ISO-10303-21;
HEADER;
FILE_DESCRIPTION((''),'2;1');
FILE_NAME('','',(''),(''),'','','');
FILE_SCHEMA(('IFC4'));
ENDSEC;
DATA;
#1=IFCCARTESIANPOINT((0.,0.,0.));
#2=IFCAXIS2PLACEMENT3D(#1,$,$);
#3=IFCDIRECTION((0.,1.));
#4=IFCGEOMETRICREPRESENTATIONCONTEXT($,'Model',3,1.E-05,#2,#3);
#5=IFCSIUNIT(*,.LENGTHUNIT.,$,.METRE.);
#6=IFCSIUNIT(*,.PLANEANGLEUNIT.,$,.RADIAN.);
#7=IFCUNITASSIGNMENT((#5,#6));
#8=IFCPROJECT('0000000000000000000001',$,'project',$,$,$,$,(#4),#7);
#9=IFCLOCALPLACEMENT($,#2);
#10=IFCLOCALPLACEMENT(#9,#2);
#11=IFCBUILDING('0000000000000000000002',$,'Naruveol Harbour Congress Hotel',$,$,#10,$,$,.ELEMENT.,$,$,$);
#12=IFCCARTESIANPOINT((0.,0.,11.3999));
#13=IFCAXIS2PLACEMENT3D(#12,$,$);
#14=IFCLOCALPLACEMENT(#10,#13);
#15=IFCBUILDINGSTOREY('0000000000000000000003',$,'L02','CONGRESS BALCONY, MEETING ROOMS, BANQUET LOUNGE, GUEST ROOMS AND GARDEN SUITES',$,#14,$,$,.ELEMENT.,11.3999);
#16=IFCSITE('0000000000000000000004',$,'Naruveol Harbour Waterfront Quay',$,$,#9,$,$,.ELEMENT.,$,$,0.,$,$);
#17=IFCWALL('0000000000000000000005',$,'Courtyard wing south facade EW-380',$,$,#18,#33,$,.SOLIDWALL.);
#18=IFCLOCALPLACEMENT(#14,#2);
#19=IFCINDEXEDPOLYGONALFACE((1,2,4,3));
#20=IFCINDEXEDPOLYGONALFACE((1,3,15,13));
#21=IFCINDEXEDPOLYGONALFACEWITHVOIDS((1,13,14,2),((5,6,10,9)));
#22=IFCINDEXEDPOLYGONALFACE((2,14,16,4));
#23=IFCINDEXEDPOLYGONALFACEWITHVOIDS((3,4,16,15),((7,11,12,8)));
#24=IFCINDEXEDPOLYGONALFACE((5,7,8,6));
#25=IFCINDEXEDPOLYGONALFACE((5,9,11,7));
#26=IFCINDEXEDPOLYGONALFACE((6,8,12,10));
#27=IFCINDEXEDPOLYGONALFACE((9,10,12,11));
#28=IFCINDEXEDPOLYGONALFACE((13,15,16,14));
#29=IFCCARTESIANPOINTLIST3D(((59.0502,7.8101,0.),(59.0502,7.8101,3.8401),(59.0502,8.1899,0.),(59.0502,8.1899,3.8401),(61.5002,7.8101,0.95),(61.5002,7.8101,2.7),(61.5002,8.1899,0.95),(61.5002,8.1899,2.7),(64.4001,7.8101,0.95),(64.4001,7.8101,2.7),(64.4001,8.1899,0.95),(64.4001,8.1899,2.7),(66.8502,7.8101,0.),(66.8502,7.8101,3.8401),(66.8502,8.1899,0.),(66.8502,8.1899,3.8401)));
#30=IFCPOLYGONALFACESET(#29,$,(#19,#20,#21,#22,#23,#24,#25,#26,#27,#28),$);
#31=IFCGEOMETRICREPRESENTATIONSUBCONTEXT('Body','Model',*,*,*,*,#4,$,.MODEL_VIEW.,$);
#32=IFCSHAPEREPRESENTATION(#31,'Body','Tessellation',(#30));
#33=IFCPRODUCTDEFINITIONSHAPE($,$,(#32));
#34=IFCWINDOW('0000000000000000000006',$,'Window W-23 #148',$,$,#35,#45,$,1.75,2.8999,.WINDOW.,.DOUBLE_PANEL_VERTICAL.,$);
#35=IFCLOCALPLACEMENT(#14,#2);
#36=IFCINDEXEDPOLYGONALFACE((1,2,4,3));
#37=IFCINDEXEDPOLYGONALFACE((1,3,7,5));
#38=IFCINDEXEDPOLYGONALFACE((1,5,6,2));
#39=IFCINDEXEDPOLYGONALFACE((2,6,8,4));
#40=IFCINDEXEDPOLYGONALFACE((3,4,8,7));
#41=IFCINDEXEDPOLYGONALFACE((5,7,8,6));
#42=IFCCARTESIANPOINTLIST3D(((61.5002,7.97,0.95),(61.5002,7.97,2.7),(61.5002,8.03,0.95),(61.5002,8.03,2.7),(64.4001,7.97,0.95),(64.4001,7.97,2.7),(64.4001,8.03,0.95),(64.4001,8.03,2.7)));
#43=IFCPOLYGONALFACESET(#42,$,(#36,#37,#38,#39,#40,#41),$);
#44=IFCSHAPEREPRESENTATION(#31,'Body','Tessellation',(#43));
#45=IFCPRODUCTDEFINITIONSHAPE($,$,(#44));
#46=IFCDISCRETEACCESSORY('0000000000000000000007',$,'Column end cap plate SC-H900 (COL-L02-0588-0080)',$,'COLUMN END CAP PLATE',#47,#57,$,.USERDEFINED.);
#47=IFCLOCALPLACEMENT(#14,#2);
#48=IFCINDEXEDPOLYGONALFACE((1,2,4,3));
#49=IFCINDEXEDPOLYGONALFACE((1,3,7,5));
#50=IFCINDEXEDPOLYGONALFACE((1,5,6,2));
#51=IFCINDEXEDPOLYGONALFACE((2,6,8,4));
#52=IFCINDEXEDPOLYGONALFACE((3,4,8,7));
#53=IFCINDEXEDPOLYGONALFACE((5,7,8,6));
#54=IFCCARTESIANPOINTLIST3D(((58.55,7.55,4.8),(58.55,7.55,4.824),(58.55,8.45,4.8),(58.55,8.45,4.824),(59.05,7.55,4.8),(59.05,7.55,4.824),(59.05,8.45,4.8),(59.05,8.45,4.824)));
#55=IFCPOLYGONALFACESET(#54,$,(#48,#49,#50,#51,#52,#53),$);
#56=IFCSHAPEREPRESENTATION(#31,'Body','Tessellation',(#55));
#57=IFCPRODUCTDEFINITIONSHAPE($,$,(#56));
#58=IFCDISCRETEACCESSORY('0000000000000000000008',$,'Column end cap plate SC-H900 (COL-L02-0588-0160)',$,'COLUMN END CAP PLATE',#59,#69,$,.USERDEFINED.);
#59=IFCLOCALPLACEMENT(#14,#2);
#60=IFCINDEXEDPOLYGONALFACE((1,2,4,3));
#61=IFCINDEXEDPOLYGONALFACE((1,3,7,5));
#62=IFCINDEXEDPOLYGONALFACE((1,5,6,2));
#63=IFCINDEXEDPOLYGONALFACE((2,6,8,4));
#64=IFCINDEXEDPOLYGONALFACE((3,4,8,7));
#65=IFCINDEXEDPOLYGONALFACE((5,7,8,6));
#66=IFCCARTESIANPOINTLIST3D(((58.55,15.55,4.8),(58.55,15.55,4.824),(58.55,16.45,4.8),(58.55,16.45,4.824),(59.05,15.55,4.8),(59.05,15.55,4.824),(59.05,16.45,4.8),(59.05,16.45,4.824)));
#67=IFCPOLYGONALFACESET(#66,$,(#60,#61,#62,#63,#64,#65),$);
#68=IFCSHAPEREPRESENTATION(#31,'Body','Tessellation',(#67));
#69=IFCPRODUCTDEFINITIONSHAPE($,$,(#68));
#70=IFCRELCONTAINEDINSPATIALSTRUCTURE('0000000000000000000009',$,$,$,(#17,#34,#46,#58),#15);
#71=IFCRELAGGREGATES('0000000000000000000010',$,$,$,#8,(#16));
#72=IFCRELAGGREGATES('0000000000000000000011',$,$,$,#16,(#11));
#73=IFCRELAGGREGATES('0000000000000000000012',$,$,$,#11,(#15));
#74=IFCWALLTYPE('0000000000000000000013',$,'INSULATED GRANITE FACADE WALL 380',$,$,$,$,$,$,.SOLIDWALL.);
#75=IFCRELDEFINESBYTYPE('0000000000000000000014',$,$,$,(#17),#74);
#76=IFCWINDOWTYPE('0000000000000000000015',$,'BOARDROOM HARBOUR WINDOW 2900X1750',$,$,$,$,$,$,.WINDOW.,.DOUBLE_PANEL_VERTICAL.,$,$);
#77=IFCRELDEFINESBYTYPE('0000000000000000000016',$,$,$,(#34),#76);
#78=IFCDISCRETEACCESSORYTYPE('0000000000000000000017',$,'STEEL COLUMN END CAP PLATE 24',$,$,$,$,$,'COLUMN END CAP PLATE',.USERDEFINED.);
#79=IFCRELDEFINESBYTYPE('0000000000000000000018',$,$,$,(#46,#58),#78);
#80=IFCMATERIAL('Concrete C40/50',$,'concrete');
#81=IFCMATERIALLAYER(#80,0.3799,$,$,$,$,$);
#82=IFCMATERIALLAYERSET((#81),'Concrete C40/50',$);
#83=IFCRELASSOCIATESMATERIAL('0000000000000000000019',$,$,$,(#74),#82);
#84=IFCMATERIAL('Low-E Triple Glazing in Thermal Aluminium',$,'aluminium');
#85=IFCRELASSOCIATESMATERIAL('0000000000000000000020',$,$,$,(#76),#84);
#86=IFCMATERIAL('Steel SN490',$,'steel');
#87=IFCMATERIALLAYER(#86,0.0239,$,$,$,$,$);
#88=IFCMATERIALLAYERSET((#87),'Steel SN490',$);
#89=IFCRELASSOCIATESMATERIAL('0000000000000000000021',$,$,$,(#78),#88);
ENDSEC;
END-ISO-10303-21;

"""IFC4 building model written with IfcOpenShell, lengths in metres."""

from ifc_helpers import new_model, si_unit, direction, frame, frame_2d, origin, origin_2d, place, context, subcontext, project, spatial, rectangle, extrude, material, layer, layer_set, type_object, element, fill, save


model = new_model("IFC4")

# Units and contexts
model_context = context("Model", 3, precision=1e-05, world=origin(), true_north=direction((0.0, 1.0)))
body_context = subcontext(model_context, "Body", "Model", "MODEL_VIEW")
ifc_project = project(units=[si_unit("LENGTHUNIT", "METRE"), si_unit("PLANEANGLEUNIT", "RADIAN")], contexts=[model_context])

# Site, building, storey
site_placement = place(None, origin())
site = spatial("IfcSite", under=ifc_project, at=site_placement, Name="Naruveol Harbour Waterfront Quay", CompositionType="ELEMENT", RefElevation=0.0)
building_placement = place(site_placement, origin())
building = spatial("IfcBuilding", under=site, at=building_placement, Name="Naruveol Harbour Congress Hotel", CompositionType="ELEMENT")
storey_placement = place(building_placement, frame((0.0, 0.0, 11.3999)))
storey = spatial("IfcBuildingStorey", under=building, at=storey_placement, Name="L02", Description="CONGRESS BALCONY, MEETING ROOMS, BANQUET LOUNGE, GUEST ROOMS AND GARDEN SUITES", CompositionType="ELEMENT", Elevation=11.3999)

# Wall, opening, window
ifc_material_1 = material(Name="Concrete C40/50", Category="concrete")
ifc_layer_1 = layer(ifc_material_1, 0.3799)
ifc_layer_set_1 = layer_set([ifc_layer_1], Name="Concrete C40/50")
wall_type_1 = type_object("IfcWallType", Name="INSULATED GRANITE FACADE WALL 380", PredefinedType="SOLIDWALL", material=ifc_layer_set_1)
wall_1_placement = place(storey_placement, frame((66.8501, 8.0, 0.0), z_axis=(0.0, 0.0, 1.0), x_axis=(-1.0, 0.0, 0.0)))
wall_1 = element("IfcWall", 1, at=wall_1_placement, inside=storey, type_object=wall_type_1, Name="Courtyard wing south facade EW-380", PredefinedType="SOLIDWALL", context=body_context, shape_type="SweptSolid", body=[
    extrude(rectangle(XDim=7.8, YDim=0.3799, at=frame_2d((3.8999, 0.0))), origin(), (0.0, 0.0, 1.0), 3.8401),
])
opening_placement = place(wall_1_placement, frame((2.45, 0.0, 0.95)))
opening = element("IfcOpeningElement", 2, at=opening_placement, cuts=wall_1, PredefinedType="OPENING", context=body_context, shape_type="SweptSolid", body=[
    extrude(rectangle(XDim=2.8999, YDim=1.75, at=frame_2d((1.45, 0.875))), frame((0.0, 0.2, 0.0), z_axis=(0.0, -1.0, 0.0), x_axis=(1.0, 0.0, 0.0)), (0.0, 0.0, 1.0), 0.3999),
])
ifc_material_2 = material(Name="Low-E Triple Glazing in Thermal Aluminium", Category="aluminium")
window_type = type_object("IfcWindowType", Name="BOARDROOM HARBOUR WINDOW 2900X1750", PartitioningType="DOUBLE_PANEL_VERTICAL", PredefinedType="WINDOW", material=ifc_material_2)
window_placement = place(opening_placement, origin())
window = element("IfcWindow", 3, at=window_placement, inside=storey, type_object=window_type, Name="Window W-23 #148", OverallHeight=1.75, OverallWidth=2.8999, PartitioningType="DOUBLE_PANEL_VERTICAL", PredefinedType="WINDOW", context=body_context, shape_type="SweptSolid", body=[
    extrude(rectangle(XDim=2.8999, YDim=1.75, at=frame_2d((1.45, 0.875))), frame((0.0, 0.03, 0.0), z_axis=(0.0, -1.0, 0.0), x_axis=(1.0, 0.0, 0.0)), (0.0, 0.0, 1.0), 0.0601),
])
fill(opening, window)

# Discrete accessories
ifc_material_3 = material(Name="Steel SN490", Category="steel")
ifc_layer_2 = layer(ifc_material_3, 0.0239)
ifc_layer_set_2 = layer_set([ifc_layer_2], Name="Steel SN490")
discrete_accessory_type = type_object("IfcDiscreteAccessoryType", Name="STEEL COLUMN END CAP PLATE 24", ElementType="COLUMN END CAP PLATE", PredefinedType="USERDEFINED", material=ifc_layer_set_2)
for number, where, z_axis, x_axis, name in (
    (4, (58.8, 8.0, 4.8), (0.0, 0.0, 1.0), (1.0, 0.0, 0.0), "Column end cap plate SC-H900 (COL-L02-0588-0080)"),
    (5, (58.8, 16.0, 4.8), (0.0, 0.0, 1.0), (1.0, 0.0, 0.0), "Column end cap plate SC-H900 (COL-L02-0588-0160)"),
):
    element("IfcDiscreteAccessory", number, at=place(storey_placement, frame(where, z_axis=z_axis, x_axis=x_axis)), inside=storey, type_object=discrete_accessory_type, Name=name, ObjectType="COLUMN END CAP PLATE", PredefinedType="USERDEFINED", context=body_context, shape_type="SweptSolid", body=[
        extrude(rectangle(XDim=0.5, YDim=0.8999, at=origin_2d()), origin(), (0.0, 0.0, 1.0), 0.0239),
    ])

save(model, "model.ifc")
